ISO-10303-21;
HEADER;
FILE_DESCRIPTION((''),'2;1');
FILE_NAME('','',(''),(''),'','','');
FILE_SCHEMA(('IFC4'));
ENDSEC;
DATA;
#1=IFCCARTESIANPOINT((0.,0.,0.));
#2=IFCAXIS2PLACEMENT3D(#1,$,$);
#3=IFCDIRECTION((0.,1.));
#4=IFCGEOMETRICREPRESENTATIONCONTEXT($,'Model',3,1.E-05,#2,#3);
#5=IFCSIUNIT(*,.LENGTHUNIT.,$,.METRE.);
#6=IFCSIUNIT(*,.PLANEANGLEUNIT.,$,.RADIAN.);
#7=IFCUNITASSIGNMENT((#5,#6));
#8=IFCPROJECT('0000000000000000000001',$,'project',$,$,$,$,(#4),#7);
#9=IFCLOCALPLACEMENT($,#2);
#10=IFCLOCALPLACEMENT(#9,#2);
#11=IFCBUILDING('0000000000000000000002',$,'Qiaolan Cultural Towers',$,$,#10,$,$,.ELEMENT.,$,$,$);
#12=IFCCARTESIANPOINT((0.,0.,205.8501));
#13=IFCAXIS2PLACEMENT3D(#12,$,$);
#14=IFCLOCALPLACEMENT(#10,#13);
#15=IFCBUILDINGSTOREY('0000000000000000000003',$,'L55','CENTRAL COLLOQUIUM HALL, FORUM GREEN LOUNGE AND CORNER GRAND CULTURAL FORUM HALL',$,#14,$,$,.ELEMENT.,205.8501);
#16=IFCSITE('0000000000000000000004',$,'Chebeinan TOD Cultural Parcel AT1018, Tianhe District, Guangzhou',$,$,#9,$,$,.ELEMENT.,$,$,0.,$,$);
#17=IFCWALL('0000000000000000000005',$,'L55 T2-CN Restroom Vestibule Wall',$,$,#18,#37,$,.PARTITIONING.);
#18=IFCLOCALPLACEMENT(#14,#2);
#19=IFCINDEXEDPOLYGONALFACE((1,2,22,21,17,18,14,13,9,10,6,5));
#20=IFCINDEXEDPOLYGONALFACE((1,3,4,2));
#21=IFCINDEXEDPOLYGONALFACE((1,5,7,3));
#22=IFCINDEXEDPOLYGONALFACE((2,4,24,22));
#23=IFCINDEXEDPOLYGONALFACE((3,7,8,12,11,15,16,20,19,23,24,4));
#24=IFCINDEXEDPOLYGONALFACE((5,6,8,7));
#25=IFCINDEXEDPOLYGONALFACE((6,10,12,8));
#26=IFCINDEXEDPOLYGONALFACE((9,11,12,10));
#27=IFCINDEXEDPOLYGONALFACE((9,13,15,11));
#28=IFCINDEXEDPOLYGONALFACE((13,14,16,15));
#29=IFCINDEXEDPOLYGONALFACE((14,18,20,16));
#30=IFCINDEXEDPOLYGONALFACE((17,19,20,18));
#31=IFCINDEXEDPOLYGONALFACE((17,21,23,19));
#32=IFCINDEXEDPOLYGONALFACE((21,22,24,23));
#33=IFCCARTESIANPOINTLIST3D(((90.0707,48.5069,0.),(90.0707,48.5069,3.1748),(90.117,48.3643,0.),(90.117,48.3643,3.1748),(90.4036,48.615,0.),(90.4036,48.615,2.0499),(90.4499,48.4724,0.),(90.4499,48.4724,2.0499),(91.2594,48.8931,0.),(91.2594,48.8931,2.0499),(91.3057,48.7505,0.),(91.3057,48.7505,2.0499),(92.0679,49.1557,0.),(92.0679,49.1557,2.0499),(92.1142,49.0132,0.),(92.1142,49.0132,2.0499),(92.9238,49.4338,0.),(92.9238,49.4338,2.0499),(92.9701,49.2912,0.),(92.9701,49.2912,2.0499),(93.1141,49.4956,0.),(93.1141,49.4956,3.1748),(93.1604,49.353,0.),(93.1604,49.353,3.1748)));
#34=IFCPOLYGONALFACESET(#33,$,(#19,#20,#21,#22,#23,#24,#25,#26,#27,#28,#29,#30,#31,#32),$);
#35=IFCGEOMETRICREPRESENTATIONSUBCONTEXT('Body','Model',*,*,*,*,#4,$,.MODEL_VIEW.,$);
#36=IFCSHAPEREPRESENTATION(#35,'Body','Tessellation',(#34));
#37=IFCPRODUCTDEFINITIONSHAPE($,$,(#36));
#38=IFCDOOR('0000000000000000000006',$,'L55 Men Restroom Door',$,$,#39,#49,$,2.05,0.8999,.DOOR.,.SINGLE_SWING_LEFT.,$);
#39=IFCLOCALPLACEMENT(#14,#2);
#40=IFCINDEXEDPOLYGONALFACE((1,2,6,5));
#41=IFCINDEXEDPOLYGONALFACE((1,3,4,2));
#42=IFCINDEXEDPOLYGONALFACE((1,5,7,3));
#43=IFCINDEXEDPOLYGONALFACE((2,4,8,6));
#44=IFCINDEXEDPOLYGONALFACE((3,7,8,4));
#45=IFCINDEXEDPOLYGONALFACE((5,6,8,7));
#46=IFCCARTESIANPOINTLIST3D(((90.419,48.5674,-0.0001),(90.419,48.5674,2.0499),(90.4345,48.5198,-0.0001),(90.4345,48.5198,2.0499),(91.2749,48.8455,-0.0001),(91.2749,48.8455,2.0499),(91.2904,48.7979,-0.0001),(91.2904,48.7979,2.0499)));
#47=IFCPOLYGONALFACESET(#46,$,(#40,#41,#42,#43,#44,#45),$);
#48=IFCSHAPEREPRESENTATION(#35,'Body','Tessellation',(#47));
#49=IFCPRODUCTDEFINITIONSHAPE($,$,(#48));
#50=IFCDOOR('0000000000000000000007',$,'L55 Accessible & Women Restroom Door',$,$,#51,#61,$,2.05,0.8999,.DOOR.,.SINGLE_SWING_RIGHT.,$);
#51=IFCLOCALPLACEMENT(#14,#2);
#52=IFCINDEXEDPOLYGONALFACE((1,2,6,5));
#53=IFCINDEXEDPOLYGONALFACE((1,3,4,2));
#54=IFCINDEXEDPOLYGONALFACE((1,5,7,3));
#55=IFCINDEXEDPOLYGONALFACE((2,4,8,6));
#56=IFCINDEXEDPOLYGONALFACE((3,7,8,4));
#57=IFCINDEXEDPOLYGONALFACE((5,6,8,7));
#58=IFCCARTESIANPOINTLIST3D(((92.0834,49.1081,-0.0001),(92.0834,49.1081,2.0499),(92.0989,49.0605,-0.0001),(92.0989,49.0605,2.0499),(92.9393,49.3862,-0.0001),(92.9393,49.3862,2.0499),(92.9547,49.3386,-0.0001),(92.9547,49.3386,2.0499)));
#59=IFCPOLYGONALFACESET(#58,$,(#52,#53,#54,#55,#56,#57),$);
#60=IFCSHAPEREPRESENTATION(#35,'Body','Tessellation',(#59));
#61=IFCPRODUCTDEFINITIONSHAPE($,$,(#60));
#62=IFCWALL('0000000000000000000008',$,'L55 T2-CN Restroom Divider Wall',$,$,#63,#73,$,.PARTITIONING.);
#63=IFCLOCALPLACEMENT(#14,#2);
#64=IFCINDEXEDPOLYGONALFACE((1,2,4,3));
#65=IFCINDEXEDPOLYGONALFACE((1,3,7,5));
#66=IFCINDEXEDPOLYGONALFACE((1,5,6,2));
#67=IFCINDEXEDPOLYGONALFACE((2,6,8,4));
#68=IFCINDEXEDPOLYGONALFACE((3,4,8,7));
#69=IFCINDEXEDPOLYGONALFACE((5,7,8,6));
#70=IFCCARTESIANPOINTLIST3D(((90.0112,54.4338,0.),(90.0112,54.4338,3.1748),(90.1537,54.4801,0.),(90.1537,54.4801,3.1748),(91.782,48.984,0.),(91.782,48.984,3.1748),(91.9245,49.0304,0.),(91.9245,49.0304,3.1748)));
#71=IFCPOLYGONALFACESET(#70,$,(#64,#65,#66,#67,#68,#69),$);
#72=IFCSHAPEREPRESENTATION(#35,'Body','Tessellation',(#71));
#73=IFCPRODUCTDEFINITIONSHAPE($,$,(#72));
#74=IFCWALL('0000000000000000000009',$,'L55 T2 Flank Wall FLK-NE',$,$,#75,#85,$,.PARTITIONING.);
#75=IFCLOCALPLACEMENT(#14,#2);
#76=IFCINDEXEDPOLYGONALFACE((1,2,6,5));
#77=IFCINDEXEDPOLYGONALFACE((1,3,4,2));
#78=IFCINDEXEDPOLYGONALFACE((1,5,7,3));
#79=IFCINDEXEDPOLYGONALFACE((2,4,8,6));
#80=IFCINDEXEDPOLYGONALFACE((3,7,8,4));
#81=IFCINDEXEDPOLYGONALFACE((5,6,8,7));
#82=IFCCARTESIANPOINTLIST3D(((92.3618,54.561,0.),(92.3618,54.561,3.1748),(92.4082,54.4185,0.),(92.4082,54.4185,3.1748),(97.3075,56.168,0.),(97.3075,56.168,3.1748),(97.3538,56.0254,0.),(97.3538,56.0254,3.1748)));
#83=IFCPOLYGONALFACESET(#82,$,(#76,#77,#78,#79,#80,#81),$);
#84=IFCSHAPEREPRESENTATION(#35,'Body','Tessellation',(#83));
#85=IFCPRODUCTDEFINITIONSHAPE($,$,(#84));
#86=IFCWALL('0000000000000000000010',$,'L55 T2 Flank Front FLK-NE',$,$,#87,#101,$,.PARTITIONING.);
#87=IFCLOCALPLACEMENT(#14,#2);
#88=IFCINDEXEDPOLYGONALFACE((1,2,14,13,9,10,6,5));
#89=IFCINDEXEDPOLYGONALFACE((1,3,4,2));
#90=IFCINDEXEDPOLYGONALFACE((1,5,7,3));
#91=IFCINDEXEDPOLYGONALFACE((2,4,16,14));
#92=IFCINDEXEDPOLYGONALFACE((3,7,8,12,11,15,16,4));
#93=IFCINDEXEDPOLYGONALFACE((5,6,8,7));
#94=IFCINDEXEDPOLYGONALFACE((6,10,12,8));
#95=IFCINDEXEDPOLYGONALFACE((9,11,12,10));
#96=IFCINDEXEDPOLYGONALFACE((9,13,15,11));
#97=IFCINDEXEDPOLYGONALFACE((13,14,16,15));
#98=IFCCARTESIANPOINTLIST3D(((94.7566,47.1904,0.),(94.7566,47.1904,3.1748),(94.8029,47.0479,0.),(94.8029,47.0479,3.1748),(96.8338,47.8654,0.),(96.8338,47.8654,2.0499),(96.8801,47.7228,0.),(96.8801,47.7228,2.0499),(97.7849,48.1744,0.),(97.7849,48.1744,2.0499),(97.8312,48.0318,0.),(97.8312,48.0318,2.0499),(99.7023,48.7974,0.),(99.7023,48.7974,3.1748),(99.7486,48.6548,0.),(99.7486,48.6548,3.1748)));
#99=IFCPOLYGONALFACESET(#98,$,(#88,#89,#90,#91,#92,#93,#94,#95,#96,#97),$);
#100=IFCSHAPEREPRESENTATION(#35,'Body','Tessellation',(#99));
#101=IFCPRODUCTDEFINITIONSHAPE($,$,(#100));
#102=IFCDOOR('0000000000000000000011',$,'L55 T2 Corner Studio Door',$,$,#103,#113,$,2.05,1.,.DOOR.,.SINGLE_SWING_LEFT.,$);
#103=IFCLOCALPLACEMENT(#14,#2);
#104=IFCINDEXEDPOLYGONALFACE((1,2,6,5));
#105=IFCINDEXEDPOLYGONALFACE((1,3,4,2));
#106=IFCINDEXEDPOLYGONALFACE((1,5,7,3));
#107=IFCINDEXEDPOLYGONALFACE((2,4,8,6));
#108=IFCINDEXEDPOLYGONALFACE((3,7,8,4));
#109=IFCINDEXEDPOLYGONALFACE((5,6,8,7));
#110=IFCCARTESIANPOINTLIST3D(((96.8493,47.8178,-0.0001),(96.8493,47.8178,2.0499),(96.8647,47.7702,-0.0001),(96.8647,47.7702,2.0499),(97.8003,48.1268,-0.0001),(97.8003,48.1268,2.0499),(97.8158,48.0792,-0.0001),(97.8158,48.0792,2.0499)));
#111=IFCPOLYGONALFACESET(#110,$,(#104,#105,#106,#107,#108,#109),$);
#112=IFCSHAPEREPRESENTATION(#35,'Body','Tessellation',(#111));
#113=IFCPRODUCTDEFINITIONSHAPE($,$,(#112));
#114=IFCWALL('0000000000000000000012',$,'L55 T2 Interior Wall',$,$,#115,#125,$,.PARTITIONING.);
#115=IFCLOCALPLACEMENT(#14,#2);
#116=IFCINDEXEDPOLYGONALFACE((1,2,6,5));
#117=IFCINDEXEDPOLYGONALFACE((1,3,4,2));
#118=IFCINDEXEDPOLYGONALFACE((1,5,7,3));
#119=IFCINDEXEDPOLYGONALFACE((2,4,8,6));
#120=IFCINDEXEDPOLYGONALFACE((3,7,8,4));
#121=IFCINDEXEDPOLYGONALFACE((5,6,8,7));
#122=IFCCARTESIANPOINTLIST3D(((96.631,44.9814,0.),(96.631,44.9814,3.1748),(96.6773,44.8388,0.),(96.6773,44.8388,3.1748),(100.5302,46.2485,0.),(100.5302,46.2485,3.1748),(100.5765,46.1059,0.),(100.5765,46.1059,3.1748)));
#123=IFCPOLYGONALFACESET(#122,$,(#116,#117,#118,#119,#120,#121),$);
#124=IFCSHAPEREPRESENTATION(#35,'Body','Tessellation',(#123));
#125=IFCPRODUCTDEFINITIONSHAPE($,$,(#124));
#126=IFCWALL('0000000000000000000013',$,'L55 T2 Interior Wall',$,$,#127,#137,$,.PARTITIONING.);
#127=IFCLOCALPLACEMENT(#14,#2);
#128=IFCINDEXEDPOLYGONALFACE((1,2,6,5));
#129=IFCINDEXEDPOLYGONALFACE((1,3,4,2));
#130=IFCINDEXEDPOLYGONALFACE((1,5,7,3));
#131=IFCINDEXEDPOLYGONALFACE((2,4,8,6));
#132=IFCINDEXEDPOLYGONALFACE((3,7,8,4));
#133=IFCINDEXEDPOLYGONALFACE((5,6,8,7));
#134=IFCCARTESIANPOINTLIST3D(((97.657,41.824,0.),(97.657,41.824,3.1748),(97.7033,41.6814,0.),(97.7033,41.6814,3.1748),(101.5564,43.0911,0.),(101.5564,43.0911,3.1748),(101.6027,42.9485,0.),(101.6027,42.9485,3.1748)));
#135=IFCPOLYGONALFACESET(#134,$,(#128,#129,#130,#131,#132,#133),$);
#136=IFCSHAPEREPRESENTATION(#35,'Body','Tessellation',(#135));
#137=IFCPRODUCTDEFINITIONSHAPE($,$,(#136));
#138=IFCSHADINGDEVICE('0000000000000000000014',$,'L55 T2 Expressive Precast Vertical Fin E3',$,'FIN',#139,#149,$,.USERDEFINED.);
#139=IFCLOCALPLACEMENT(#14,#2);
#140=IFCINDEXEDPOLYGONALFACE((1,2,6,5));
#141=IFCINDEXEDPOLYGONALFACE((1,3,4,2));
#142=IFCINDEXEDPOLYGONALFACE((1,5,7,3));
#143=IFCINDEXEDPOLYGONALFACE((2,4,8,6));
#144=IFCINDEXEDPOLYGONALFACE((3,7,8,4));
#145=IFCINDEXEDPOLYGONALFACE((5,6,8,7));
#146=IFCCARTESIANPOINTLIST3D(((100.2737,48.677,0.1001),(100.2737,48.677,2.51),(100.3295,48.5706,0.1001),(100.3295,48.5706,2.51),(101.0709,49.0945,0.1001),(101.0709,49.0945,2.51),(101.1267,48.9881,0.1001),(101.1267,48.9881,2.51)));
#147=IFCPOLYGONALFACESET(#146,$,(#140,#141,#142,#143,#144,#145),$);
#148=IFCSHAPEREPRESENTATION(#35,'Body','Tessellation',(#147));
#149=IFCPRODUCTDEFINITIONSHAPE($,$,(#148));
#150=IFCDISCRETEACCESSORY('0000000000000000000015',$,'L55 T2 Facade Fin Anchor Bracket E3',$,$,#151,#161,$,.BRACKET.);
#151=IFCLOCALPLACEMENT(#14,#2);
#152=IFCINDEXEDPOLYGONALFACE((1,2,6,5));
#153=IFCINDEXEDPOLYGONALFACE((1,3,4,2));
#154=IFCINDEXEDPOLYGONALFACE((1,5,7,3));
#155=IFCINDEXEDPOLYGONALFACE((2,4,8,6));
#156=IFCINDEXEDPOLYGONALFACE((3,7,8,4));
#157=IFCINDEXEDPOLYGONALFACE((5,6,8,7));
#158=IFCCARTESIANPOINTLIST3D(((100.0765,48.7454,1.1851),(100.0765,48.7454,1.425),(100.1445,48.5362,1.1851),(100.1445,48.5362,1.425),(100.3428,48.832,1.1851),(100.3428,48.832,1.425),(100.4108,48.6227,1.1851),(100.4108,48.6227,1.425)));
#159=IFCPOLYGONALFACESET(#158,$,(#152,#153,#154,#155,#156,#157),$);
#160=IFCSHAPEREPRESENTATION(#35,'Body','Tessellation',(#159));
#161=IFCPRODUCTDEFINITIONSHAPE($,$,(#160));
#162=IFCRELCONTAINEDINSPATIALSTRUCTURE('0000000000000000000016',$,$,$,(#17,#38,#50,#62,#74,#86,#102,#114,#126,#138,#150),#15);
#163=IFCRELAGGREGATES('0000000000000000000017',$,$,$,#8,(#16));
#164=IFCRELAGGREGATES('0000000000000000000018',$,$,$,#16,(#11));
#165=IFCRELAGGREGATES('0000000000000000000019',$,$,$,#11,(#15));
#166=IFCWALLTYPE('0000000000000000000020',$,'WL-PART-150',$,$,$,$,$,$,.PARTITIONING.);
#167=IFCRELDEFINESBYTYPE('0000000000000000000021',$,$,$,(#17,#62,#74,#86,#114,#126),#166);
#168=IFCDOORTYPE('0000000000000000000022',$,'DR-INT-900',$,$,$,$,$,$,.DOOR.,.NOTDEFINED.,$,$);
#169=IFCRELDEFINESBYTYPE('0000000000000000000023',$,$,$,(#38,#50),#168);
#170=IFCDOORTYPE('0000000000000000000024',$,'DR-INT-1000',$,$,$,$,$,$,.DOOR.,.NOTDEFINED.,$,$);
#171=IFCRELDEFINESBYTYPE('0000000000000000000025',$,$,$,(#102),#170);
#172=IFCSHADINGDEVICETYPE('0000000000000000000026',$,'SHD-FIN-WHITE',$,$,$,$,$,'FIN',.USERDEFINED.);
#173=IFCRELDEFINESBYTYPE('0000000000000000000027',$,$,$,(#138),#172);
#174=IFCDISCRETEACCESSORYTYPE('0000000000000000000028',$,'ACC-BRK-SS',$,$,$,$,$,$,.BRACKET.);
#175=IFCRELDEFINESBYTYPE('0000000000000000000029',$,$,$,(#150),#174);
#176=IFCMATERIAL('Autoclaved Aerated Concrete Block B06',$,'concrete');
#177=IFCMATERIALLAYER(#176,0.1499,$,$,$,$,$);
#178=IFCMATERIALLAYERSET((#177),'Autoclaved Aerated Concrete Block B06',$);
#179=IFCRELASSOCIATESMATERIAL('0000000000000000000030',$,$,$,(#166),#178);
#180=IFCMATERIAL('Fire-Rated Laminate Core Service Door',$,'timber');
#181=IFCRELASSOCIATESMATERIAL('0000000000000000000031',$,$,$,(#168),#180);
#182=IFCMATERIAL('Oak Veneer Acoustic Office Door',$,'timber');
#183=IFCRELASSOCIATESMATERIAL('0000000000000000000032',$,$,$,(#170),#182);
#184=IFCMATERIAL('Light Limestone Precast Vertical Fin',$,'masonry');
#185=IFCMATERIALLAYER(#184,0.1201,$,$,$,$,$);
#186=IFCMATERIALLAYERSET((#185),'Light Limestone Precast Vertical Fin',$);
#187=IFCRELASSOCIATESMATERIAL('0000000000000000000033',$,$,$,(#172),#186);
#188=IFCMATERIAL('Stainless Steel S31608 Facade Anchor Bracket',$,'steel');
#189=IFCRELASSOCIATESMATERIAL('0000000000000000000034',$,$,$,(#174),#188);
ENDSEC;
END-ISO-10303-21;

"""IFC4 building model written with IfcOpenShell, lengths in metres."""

from ifc_helpers import new_model, si_unit, direction, frame, frame_2d, origin, origin_2d, place, context, subcontext, project, spatial, rectangle, extrude, material, layer, layer_set, type_object, element, fill, save


model = new_model("IFC4")

# Units and contexts
model_context = context("Model", 3, precision=1e-05, world=origin(), true_north=direction((0.0, 1.0)))
body_context = subcontext(model_context, "Body", "Model", "MODEL_VIEW")
ifc_project = project(units=[si_unit("LENGTHUNIT", "METRE"), si_unit("PLANEANGLEUNIT", "RADIAN")], contexts=[model_context])

# Site, building, storey
site_placement = place(None, origin())
site = spatial("IfcSite", under=ifc_project, at=site_placement, Name="Chebeinan TOD Cultural Parcel AT1018, Tianhe District, Guangzhou", CompositionType="ELEMENT", RefElevation=0.0)
building_placement = place(site_placement, origin())
building = spatial("IfcBuilding", under=site, at=building_placement, Name="Qiaolan Cultural Towers", CompositionType="ELEMENT")
storey_placement = place(building_placement, frame((0.0, 0.0, 205.8501)))
storey = spatial("IfcBuildingStorey", under=building, at=storey_placement, Name="L55", Description="CENTRAL COLLOQUIUM HALL, FORUM GREEN LOUNGE AND CORNER GRAND CULTURAL FORUM HALL", CompositionType="ELEMENT", Elevation=205.8501)

# Shared definitions
ifc_material_1 = material(Name="Autoclaved Aerated Concrete Block B06", Category="concrete")
ifc_layer_1 = layer(ifc_material_1, 0.1499)
ifc_layer_set_1 = layer_set([ifc_layer_1], Name="Autoclaved Aerated Concrete Block B06")
wall_type_1 = type_object("IfcWallType", Name="WL-PART-150", PredefinedType="PARTITIONING", material=ifc_layer_set_1)

# Wall, openings, doors
wall_1_placement = place(storey_placement, frame((90.0938, 48.4355, 0.0), z_axis=(0.0, 0.0, 1.0), x_axis=(0.951067, 0.308986, 0.0)))
wall_1 = element("IfcWall", 1, at=wall_1_placement, inside=storey, type_object=wall_type_1, Name="L55 T2-CN Restroom Vestibule Wall", PredefinedType="PARTITIONING", context=body_context, shape_type="SweptSolid", body=[
    extrude(rectangle(XDim=3.2, YDim=0.1499, at=frame_2d((1.6001, 0.0))), origin(), (0.0, 0.0, 1.0), 3.1748),
])
opening_1_placement = place(wall_1_placement, frame((0.3501, 0.0, 0.0)))
opening_1 = element("IfcOpeningElement", 2, at=opening_1_placement, cuts=wall_1, PredefinedType="OPENING", context=body_context, shape_type="SweptSolid", body=[
    extrude(rectangle(XDim=0.8999, YDim=2.05, at=frame_2d((0.45, 1.0249))), frame((0.0, 0.085, 0.0), z_axis=(0.0, -1.0, 0.0), x_axis=(1.0, 0.0, 0.0)), (0.0, 0.0, 1.0), 0.1699),
])
opening_2_placement = place(wall_1_placement, frame((2.1001, 0.0, 0.0)))
opening_2 = element("IfcOpeningElement", 3, at=opening_2_placement, cuts=wall_1, PredefinedType="OPENING", context=body_context, shape_type="SweptSolid", body=[
    extrude(rectangle(XDim=0.8999, YDim=2.05, at=frame_2d((0.45, 1.0249))), frame((0.0, 0.085, 0.0), z_axis=(0.0, -1.0, 0.0), x_axis=(1.0, 0.0, 0.0)), (0.0, 0.0, 1.0), 0.1699),
])
ifc_material_2 = material(Name="Fire-Rated Laminate Core Service Door", Category="timber")
door_type_1 = type_object("IfcDoorType", Name="DR-INT-900", OperationType="NOTDEFINED", PredefinedType="DOOR", material=ifc_material_2)
door_1_placement = place(opening_1_placement, origin())
door_1 = element("IfcDoor", 4, at=door_1_placement, inside=storey, type_object=door_type_1, Name="L55 Men Restroom Door", OperationType="SINGLE_SWING_LEFT", OverallHeight=2.05, OverallWidth=0.8999, PredefinedType="DOOR", context=body_context, shape_type="SweptSolid", body=[
    extrude(rectangle(XDim=0.8999, YDim=2.05, at=frame_2d((0.45, 1.0249))), frame((0.0, 0.0249, 0.0), z_axis=(0.0, -1.0, 0.0), x_axis=(1.0, 0.0, 0.0)), (0.0, 0.0, 1.0), 0.05),
])
fill(opening_1, door_1)
door_2_placement = place(opening_2_placement, origin())
door_2 = element("IfcDoor", 5, at=door_2_placement, inside=storey, type_object=door_type_1, Name="L55 Accessible & Women Restroom Door", OperationType="SINGLE_SWING_RIGHT", OverallHeight=2.05, OverallWidth=0.8999, PredefinedType="DOOR", context=body_context, shape_type="SweptSolid", body=[
    extrude(rectangle(XDim=0.8999, YDim=2.05, at=frame_2d((0.45, 1.0249))), frame((0.0, 0.0249, 0.0), z_axis=(0.0, -1.0, 0.0), x_axis=(1.0, 0.0, 0.0)), (0.0, 0.0, 1.0), 0.05),
])
fill(opening_2, door_2)

# Walls
wall_2_placement = place(storey_placement, frame((91.8533, 49.0071, 0.0), z_axis=(0.0, 0.0, 1.0), x_axis=(-0.309022, 0.951055, 0.0)))
element("IfcWall", 6, at=wall_2_placement, inside=storey, type_object=wall_type_1, Name="L55 T2-CN Restroom Divider Wall", PredefinedType="PARTITIONING", context=body_context, shape_type="SweptSolid", body=[
    extrude(rectangle(XDim=5.7302, YDim=0.1499, at=frame_2d((2.8652, 0.0))), origin(), (0.0, 0.0, 1.0), 3.1748),
])
wall_3_placement = place(storey_placement, frame((92.385, 54.4897, 0.0), z_axis=(0.0, 0.0, 1.0), x_axis=(0.951055, 0.309021, 0.0)))
element("IfcWall", 7, at=wall_3_placement, inside=storey, type_object=wall_type_1, Name="L55 T2 Flank Wall FLK-NE", PredefinedType="PARTITIONING", context=body_context, shape_type="SweptSolid", body=[
    extrude(rectangle(XDim=5.2002, YDim=0.1499, at=frame_2d((2.6001, 0.0))), origin(), (0.0, 0.0, 1.0), 3.1748),
])

# Wall, opening, door
wall_4_placement = place(storey_placement, frame((94.7798, 47.1191, 0.0), z_axis=(0.0, 0.0, 1.0), x_axis=(0.951055, 0.309021, 0.0)))
wall_4 = element("IfcWall", 8, at=wall_4_placement, inside=storey, type_object=wall_type_1, Name="L55 T2 Flank Front FLK-NE", PredefinedType="PARTITIONING", context=body_context, shape_type="SweptSolid", body=[
    extrude(rectangle(XDim=5.2002, YDim=0.1499, at=frame_2d((2.6001, 0.0))), origin(), (0.0, 0.0, 1.0), 3.1748),
])
opening_3_placement = place(wall_4_placement, frame((2.1841, 0.0, 0.0)))
opening_3 = element("IfcOpeningElement", 9, at=opening_3_placement, cuts=wall_4, PredefinedType="OPENING", context=body_context, shape_type="SweptSolid", body=[
    extrude(rectangle(XDim=1.0, YDim=2.05, at=frame_2d((0.5, 1.0249))), frame((0.0, 0.085, 0.0), z_axis=(0.0, -1.0, 0.0), x_axis=(1.0, 0.0, 0.0)), (0.0, 0.0, 1.0), 0.1699),
])
ifc_material_3 = material(Name="Oak Veneer Acoustic Office Door", Category="timber")
door_type_2 = type_object("IfcDoorType", Name="DR-INT-1000", OperationType="NOTDEFINED", PredefinedType="DOOR", material=ifc_material_3)
door_3_placement = place(opening_3_placement, origin())
door_3 = element("IfcDoor", 10, at=door_3_placement, inside=storey, type_object=door_type_2, Name="L55 T2 Corner Studio Door", OperationType="SINGLE_SWING_LEFT", OverallHeight=2.05, OverallWidth=1.0, PredefinedType="DOOR", context=body_context, shape_type="SweptSolid", body=[
    extrude(rectangle(XDim=1.0, YDim=2.05, at=frame_2d((0.5, 1.0249))), frame((0.0, 0.0249, 0.0), z_axis=(0.0, -1.0, 0.0), x_axis=(1.0, 0.0, 0.0)), (0.0, 0.0, 1.0), 0.05),
])
fill(opening_3, door_3)

# Walls
wall_5_placement = place(storey_placement, frame((96.6543, 44.9102, 0.0), z_axis=(0.0, 0.0, 1.0), x_axis=(0.951044, 0.309055, 0.0)))
element("IfcWall", 11, at=wall_5_placement, inside=storey, type_object=wall_type_1, Name="L55 T2 Interior Wall", PredefinedType="PARTITIONING", context=body_context, shape_type="SweptSolid", body=[
    extrude(rectangle(XDim=4.0999, YDim=0.1499, at=frame_2d((2.0498, 0.0))), origin(), (0.0, 0.0, 1.0), 3.1748),
])
wall_6_placement = place(storey_placement, frame((97.6802, 41.7527, 0.0), z_axis=(0.0, 0.0, 1.0), x_axis=(0.95105, 0.309038, 0.0)))
element("IfcWall", 12, at=wall_6_placement, inside=storey, type_object=wall_type_1, Name="L55 T2 Interior Wall", PredefinedType="PARTITIONING", context=body_context, shape_type="SweptSolid", body=[
    extrude(rectangle(XDim=4.1001, YDim=0.1499, at=frame_2d((2.05, 0.0))), origin(), (0.0, 0.0, 1.0), 3.1748),
])

# Shading device
ifc_material_4 = material(Name="Light Limestone Precast Vertical Fin", Category="masonry")
ifc_layer_2 = layer(ifc_material_4, 0.1201)
ifc_layer_set_2 = layer_set([ifc_layer_2], Name="Light Limestone Precast Vertical Fin")
shading_device_type = type_object("IfcShadingDeviceType", Name="SHD-FIN-WHITE", ElementType="FIN", PredefinedType="USERDEFINED", material=ifc_layer_set_2)
shading_device_placement = place(storey_placement, frame((100.7002, 48.8325, 0.1001), z_axis=(0.0, 0.0, 1.0), x_axis=(0.885865, 0.463943, 0.0)))
element("IfcShadingDevice", 13, at=shading_device_placement, inside=storey, type_object=shading_device_type, Name="L55 T2 Expressive Precast Vertical Fin E3", ObjectType="FIN", PredefinedType="USERDEFINED", context=body_context, shape_type="SweptSolid", body=[
    extrude(rectangle(XDim=0.8999, YDim=0.1201, at=origin_2d()), origin(), (0.0, 0.0, 1.0), 2.4099),
])

# Discrete accessory
ifc_material_5 = material(Name="Stainless Steel S31608 Facade Anchor Bracket", Category="steel")
discrete_accessory_type = type_object("IfcDiscreteAccessoryType", Name="ACC-BRK-SS", PredefinedType="BRACKET", material=ifc_material_5)
discrete_accessory_placement = place(storey_placement, frame((100.2437, 48.6841, 1.1851), z_axis=(0.0, 0.0, 1.0), x_axis=(0.951057, 0.309017, 0.0)))
element("IfcDiscreteAccessory", 14, at=discrete_accessory_placement, inside=storey, type_object=discrete_accessory_type, Name="L55 T2 Facade Fin Anchor Bracket E3", PredefinedType="BRACKET", context=body_context, shape_type="SweptSolid", body=[
    extrude(rectangle(XDim=0.28, YDim=0.22, at=origin_2d()), origin(), (0.0, 0.0, 1.0), 0.24),
])

save(model, "model.ifc")
